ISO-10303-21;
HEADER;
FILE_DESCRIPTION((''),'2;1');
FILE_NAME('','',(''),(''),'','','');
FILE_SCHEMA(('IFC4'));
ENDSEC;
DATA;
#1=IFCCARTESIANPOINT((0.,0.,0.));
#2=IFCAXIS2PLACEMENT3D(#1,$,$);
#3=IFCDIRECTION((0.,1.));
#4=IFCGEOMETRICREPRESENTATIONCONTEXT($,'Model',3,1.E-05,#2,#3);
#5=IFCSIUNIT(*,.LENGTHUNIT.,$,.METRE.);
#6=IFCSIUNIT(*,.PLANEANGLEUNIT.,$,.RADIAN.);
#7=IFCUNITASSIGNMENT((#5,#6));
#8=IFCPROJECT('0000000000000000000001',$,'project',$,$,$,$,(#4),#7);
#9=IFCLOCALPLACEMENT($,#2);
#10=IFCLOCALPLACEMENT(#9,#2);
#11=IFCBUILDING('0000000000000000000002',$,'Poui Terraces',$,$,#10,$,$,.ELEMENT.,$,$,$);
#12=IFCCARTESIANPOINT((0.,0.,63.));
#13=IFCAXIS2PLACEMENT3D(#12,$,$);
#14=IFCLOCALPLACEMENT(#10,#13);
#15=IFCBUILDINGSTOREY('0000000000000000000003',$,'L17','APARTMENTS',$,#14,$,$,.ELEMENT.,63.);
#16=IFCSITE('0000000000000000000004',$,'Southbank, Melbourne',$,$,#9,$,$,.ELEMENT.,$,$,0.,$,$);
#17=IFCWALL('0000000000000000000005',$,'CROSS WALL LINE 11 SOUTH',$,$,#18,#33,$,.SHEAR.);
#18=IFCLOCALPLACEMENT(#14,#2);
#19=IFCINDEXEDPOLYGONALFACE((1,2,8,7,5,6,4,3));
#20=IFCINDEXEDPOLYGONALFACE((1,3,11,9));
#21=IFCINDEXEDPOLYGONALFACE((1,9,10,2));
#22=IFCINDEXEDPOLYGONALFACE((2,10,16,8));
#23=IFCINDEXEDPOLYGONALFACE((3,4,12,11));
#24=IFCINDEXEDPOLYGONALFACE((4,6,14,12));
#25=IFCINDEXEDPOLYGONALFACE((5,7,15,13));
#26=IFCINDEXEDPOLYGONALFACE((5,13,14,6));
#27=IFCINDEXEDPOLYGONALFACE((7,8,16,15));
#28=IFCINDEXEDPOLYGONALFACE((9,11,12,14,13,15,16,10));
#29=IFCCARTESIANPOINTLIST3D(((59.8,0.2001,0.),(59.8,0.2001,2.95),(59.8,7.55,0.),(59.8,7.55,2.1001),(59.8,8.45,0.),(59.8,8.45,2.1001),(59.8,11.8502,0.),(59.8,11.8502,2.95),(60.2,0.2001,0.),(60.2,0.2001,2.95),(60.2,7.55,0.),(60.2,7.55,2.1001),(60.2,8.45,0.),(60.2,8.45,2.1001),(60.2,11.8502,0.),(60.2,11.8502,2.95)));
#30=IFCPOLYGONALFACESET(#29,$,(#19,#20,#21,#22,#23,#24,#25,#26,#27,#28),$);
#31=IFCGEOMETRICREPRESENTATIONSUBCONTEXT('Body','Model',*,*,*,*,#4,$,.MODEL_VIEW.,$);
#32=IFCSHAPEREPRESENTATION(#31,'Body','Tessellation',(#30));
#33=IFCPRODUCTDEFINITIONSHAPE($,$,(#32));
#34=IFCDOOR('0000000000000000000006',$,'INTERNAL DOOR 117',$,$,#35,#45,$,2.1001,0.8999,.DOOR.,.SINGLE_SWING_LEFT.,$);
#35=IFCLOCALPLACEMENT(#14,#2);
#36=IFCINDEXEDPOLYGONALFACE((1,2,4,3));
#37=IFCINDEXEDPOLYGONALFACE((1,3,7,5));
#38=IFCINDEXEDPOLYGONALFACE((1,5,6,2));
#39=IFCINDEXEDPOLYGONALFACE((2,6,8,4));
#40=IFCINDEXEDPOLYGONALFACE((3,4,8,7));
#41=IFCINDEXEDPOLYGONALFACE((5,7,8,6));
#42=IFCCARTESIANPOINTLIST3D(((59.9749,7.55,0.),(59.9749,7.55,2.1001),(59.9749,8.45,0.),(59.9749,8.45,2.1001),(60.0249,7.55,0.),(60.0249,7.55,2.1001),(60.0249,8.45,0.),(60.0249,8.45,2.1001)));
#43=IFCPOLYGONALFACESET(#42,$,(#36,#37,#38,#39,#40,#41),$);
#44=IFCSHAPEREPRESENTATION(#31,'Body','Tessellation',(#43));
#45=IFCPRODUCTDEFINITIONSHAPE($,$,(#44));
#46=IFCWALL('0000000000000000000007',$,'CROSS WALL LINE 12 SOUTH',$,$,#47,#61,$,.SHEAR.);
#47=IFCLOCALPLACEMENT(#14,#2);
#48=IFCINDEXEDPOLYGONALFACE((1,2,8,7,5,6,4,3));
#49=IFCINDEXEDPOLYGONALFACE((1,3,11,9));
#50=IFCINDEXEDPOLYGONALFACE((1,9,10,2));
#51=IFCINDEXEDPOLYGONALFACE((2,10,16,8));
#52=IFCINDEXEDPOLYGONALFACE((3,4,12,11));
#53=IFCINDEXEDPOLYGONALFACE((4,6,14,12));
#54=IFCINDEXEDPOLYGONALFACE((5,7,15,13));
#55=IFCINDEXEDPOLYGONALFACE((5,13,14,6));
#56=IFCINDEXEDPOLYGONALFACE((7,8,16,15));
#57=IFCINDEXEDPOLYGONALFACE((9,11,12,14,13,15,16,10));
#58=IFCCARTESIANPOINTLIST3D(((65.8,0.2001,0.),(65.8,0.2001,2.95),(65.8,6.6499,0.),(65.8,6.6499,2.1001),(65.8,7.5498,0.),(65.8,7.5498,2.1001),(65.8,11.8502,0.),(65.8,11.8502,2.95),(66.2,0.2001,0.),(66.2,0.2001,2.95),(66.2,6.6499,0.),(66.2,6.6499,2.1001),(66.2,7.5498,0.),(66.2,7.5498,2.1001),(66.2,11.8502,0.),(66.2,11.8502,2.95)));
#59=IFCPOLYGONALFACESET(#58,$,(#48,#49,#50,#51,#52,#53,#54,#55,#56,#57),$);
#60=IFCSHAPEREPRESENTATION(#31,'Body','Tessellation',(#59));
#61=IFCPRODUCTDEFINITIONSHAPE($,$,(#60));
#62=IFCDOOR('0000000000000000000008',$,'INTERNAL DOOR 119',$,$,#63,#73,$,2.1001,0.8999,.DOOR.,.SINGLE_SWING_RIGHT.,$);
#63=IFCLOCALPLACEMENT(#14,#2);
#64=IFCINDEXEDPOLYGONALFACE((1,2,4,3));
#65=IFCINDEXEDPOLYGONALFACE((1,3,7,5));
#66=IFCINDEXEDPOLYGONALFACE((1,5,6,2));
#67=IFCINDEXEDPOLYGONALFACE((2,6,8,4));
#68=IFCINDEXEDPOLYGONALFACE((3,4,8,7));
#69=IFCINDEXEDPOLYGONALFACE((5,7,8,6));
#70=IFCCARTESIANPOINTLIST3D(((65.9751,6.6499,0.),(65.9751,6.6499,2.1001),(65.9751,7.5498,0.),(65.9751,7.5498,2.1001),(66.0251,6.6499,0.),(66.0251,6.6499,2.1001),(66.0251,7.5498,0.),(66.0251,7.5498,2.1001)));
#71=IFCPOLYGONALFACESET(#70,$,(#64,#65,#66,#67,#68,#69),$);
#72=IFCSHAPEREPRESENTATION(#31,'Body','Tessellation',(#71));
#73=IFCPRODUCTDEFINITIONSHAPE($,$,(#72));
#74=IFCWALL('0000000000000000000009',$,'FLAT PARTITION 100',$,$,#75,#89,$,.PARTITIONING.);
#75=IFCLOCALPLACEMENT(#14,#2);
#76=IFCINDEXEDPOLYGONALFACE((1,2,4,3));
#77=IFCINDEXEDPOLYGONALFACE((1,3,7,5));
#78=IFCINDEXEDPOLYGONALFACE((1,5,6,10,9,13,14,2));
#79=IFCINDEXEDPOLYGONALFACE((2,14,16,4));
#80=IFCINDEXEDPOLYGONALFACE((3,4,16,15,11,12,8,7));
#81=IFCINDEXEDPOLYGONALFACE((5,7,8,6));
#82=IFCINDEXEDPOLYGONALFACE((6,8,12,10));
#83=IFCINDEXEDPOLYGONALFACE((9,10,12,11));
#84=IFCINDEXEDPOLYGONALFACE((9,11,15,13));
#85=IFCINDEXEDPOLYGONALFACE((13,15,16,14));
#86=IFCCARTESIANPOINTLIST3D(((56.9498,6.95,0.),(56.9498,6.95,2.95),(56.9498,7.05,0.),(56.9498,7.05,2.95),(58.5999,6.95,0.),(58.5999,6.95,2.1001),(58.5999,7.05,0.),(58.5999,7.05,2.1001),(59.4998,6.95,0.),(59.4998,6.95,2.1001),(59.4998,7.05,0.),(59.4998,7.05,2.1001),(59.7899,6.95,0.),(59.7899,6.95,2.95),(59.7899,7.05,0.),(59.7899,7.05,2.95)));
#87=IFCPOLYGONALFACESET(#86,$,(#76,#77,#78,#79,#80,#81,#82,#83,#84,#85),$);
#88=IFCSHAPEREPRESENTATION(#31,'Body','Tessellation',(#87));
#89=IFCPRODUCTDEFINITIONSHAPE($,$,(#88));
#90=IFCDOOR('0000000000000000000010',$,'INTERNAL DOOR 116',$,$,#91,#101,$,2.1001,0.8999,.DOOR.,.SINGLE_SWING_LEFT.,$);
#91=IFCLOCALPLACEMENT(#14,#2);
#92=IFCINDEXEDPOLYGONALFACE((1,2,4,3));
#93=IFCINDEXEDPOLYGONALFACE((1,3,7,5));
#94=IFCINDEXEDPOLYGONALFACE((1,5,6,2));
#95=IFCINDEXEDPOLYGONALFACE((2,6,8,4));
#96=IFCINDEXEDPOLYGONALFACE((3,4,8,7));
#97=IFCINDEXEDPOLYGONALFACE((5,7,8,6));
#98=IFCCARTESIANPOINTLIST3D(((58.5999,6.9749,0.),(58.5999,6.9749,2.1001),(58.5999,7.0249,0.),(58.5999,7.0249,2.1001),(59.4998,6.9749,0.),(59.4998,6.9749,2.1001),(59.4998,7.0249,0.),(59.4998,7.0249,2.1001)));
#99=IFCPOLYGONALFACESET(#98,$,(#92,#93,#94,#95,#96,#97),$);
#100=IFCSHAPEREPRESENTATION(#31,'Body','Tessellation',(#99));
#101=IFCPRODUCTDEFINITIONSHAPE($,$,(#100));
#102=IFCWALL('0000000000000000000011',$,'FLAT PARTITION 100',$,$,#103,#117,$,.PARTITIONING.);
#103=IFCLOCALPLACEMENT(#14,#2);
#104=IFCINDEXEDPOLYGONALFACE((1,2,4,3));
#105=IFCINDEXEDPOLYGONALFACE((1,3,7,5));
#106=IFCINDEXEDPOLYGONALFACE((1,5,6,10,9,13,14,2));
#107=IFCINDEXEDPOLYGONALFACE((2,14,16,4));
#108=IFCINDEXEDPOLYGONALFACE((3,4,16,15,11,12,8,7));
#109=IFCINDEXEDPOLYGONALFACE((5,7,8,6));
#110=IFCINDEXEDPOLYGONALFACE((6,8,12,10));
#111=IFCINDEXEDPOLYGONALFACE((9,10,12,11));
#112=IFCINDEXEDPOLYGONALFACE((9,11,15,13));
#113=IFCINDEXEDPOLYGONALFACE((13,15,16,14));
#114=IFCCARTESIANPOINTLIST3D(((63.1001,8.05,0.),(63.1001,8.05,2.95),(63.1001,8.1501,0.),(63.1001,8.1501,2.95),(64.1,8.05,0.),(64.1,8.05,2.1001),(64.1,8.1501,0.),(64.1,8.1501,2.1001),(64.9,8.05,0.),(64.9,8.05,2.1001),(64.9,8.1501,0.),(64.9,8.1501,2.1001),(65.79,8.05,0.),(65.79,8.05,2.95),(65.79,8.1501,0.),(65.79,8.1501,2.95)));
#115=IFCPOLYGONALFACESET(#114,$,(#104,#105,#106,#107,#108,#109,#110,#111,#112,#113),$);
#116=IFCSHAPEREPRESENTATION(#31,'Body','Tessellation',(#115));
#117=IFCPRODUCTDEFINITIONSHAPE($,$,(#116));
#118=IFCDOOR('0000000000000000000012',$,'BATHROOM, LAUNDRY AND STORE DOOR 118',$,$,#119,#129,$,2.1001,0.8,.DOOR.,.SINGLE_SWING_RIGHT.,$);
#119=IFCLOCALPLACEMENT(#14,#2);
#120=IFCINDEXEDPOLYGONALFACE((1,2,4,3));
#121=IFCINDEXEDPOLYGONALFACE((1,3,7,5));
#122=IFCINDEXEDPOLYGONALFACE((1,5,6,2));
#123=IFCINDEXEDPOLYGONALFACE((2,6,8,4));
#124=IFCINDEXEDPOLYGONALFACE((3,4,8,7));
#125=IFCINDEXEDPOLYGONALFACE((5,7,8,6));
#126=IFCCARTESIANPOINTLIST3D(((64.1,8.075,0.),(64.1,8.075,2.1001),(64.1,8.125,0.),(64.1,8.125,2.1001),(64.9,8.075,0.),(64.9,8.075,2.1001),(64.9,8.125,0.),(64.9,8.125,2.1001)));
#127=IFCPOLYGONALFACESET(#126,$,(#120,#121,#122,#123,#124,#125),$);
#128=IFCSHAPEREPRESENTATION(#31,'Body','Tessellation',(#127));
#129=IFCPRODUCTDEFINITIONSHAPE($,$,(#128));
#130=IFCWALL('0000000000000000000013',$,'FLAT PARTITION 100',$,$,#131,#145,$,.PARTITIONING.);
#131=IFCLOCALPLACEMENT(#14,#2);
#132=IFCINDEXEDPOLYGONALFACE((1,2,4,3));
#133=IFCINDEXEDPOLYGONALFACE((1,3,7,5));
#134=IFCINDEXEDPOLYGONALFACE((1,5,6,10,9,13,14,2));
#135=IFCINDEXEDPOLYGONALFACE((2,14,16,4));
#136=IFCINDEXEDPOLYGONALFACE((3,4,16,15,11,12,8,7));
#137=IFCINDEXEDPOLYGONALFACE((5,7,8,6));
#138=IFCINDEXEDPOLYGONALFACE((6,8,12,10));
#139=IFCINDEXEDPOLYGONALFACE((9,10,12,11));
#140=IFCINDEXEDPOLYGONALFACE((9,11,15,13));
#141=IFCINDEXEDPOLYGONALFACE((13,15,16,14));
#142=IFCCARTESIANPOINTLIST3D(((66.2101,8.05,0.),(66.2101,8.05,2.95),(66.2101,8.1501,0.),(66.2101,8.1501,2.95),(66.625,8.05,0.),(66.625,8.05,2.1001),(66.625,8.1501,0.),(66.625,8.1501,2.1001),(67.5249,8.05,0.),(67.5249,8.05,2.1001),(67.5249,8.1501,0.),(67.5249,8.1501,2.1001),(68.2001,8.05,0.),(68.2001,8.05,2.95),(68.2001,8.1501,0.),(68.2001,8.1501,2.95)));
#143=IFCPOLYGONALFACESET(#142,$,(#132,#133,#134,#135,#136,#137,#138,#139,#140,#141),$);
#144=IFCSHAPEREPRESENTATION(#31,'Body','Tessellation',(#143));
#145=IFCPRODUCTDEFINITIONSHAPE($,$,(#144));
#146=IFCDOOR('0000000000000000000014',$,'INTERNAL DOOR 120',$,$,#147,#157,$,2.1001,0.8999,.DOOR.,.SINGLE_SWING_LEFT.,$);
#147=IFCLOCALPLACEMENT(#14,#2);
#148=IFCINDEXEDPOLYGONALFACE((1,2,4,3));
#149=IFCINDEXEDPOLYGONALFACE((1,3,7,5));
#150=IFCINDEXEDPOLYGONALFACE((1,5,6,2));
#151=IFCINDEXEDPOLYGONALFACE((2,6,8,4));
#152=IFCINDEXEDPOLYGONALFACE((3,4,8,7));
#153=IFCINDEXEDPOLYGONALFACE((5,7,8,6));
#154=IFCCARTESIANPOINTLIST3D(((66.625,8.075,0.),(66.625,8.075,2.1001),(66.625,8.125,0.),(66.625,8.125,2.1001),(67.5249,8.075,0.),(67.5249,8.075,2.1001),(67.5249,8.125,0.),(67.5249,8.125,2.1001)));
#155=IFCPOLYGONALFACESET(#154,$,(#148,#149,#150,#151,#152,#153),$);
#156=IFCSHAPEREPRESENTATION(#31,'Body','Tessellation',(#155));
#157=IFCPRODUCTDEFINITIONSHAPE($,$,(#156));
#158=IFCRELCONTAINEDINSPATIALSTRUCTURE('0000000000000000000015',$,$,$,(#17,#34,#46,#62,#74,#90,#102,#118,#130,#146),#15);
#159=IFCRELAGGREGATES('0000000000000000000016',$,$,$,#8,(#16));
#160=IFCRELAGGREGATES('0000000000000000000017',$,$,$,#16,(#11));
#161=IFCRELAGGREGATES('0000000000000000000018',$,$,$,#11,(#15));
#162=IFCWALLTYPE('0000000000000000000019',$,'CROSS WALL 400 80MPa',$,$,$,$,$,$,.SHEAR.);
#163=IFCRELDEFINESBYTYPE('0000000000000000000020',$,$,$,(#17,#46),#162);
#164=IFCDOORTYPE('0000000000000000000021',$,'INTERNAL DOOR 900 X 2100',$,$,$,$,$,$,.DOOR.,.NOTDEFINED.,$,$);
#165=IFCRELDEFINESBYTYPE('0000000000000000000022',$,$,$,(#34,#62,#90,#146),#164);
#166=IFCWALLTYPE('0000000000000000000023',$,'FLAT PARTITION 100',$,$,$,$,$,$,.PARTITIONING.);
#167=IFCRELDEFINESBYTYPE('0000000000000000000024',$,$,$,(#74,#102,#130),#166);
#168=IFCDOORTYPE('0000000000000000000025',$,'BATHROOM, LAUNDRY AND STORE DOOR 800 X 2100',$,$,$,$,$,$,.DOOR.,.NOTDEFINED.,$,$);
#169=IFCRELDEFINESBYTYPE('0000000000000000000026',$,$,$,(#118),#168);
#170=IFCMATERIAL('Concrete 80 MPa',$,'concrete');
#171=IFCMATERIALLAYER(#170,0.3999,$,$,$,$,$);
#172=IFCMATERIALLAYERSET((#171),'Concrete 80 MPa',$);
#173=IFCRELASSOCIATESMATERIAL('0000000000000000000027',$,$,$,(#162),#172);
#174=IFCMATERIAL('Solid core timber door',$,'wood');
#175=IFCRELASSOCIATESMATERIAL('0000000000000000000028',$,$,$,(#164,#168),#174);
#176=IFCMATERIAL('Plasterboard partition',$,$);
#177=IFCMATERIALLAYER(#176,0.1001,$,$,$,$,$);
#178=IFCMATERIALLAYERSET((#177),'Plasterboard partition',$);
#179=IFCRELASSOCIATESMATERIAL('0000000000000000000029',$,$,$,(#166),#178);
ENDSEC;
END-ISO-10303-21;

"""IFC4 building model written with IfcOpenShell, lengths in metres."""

from ifc_helpers import new_model, si_unit, direction, frame, frame_2d, origin, place, context, subcontext, project, spatial, rectangle, extrude, material, layer, layer_set, type_object, element, fill, save


model = new_model("IFC4")

# Units and contexts
model_context = context("Model", 3, precision=1e-05, world=origin(), true_north=direction((0.0, 1.0)))
body_context = subcontext(model_context, "Body", "Model", "MODEL_VIEW")
ifc_project = project(units=[si_unit("LENGTHUNIT", "METRE"), si_unit("PLANEANGLEUNIT", "RADIAN")], contexts=[model_context])

# Site, building, storey
site_placement = place(None, origin())
site = spatial("IfcSite", under=ifc_project, at=site_placement, Name="Southbank, Melbourne", CompositionType="ELEMENT", RefElevation=0.0)
building_placement = place(site_placement, origin())
building = spatial("IfcBuilding", under=site, at=building_placement, Name="Poui Terraces", CompositionType="ELEMENT")
storey_placement = place(building_placement, frame((0.0, 0.0, 63.0)))
storey = spatial("IfcBuildingStorey", under=building, at=storey_placement, Name="L17", Description="APARTMENTS", CompositionType="ELEMENT", Elevation=63.0)

# Walls, openings, doors
ifc_material_1 = material(Name="Concrete 80 MPa", Category="concrete")
ifc_layer_1 = layer(ifc_material_1, 0.3999)
ifc_layer_set_1 = layer_set([ifc_layer_1], Name="Concrete 80 MPa")
wall_type_1 = type_object("IfcWallType", Name="CROSS WALL 400 80MPa", PredefinedType="SHEAR", material=ifc_layer_set_1)
wall_1_placement = place(storey_placement, frame((60.0, 0.2, 0.0), z_axis=(0.0, 0.0, 1.0), x_axis=(0.0, 1.0, 0.0)))
wall_1 = element("IfcWall", 1, at=wall_1_placement, inside=storey, type_object=wall_type_1, Name="CROSS WALL LINE 11 SOUTH", PredefinedType="SHEAR", context=body_context, shape_type="SweptSolid", body=[
    extrude(rectangle(XDim=11.6501, YDim=0.3999, at=frame_2d((5.8252, 0.0))), origin(), (0.0, 0.0, 1.0), 2.95),
])
opening_1_placement = place(wall_1_placement, frame((7.3501, 0.0, 0.0)))
opening_1 = element("IfcOpeningElement", 2, at=opening_1_placement, cuts=wall_1, PredefinedType="OPENING", context=body_context, shape_type="SweptSolid", body=[
    extrude(rectangle(XDim=0.8999, YDim=2.1001, at=frame_2d((0.45, 1.05))), frame((0.0, 0.21, 0.0), z_axis=(0.0, -1.0, 0.0), x_axis=(1.0, 0.0, 0.0)), (0.0, 0.0, 1.0), 0.4199),
])
ifc_material_2 = material(Name="Solid core timber door", Category="wood")
door_type_1 = type_object("IfcDoorType", Name="INTERNAL DOOR 900 X 2100", OperationType="NOTDEFINED", PredefinedType="DOOR", material=ifc_material_2)
door_1_placement = place(opening_1_placement, frame((0.8999, 0.0, 0.0), z_axis=(0.0, 0.0, 1.0), x_axis=(-1.0, 0.0, 0.0)))
door_1 = element("IfcDoor", 3, at=door_1_placement, inside=storey, type_object=door_type_1, Name="INTERNAL DOOR 117", OperationType="SINGLE_SWING_LEFT", OverallHeight=2.1001, OverallWidth=0.8999, PredefinedType="DOOR", context=body_context, shape_type="SweptSolid", body=[
    extrude(rectangle(XDim=0.8999, YDim=2.1001, at=frame_2d((0.45, 1.05))), frame((0.0, 0.0249, 0.0), z_axis=(0.0, -1.0, 0.0), x_axis=(1.0, 0.0, 0.0)), (0.0, 0.0, 1.0), 0.05),
])
fill(opening_1, door_1)
wall_2_placement = place(storey_placement, frame((66.0, 0.2, 0.0), z_axis=(0.0, 0.0, 1.0), x_axis=(0.0, 1.0, 0.0)))
wall_2 = element("IfcWall", 4, at=wall_2_placement, inside=storey, type_object=wall_type_1, Name="CROSS WALL LINE 12 SOUTH", PredefinedType="SHEAR", context=body_context, shape_type="SweptSolid", body=[
    extrude(rectangle(XDim=11.6501, YDim=0.3999, at=frame_2d((5.8252, 0.0))), origin(), (0.0, 0.0, 1.0), 2.95),
])
opening_2_placement = place(wall_2_placement, frame((6.45, 0.0, 0.0)))
opening_2 = element("IfcOpeningElement", 5, at=opening_2_placement, cuts=wall_2, PredefinedType="OPENING", context=body_context, shape_type="SweptSolid", body=[
    extrude(rectangle(XDim=0.8999, YDim=2.1001, at=frame_2d((0.45, 1.05))), frame((0.0, 0.21, 0.0), z_axis=(0.0, -1.0, 0.0), x_axis=(1.0, 0.0, 0.0)), (0.0, 0.0, 1.0), 0.4199),
])
door_2_placement = place(opening_2_placement, origin())
door_2 = element("IfcDoor", 6, at=door_2_placement, inside=storey, type_object=door_type_1, Name="INTERNAL DOOR 119", OperationType="SINGLE_SWING_RIGHT", OverallHeight=2.1001, OverallWidth=0.8999, PredefinedType="DOOR", context=body_context, shape_type="SweptSolid", body=[
    extrude(rectangle(XDim=0.8999, YDim=2.1001, at=frame_2d((0.45, 1.05))), frame((0.0, 0.0249, 0.0), z_axis=(0.0, -1.0, 0.0), x_axis=(1.0, 0.0, 0.0)), (0.0, 0.0, 1.0), 0.05),
])
fill(opening_2, door_2)
ifc_material_3 = material(Name="Plasterboard partition")
ifc_layer_2 = layer(ifc_material_3, 0.1001)
ifc_layer_set_2 = layer_set([ifc_layer_2], Name="Plasterboard partition")
wall_type_2 = type_object("IfcWallType", Name="FLAT PARTITION 100", PredefinedType="PARTITIONING", material=ifc_layer_set_2)
wall_3_placement = place(storey_placement, frame((56.95, 7.0, 0.0), z_axis=(0.0, 0.0, 1.0), x_axis=(1.0, 0.0, 0.0)))
wall_3 = element("IfcWall", 7, at=wall_3_placement, inside=storey, type_object=wall_type_2, Name="FLAT PARTITION 100", PredefinedType="PARTITIONING", context=body_context, shape_type="SweptSolid", body=[
    extrude(rectangle(XDim=2.8401, YDim=0.1001, at=frame_2d((1.4199, 0.0))), origin(), (0.0, 0.0, 1.0), 2.95),
])
opening_3_placement = place(wall_3_placement, frame((1.6499, 0.0, 0.0)))
opening_3 = element("IfcOpeningElement", 8, at=opening_3_placement, cuts=wall_3, PredefinedType="OPENING", context=body_context, shape_type="SweptSolid", body=[
    extrude(rectangle(XDim=0.8999, YDim=2.1001, at=frame_2d((0.45, 1.05))), frame((0.0, 0.0601, 0.0), z_axis=(0.0, -1.0, 0.0), x_axis=(1.0, 0.0, 0.0)), (0.0, 0.0, 1.0), 0.1201),
])
door_3_placement = place(opening_3_placement, origin())
door_3 = element("IfcDoor", 9, at=door_3_placement, inside=storey, type_object=door_type_1, Name="INTERNAL DOOR 116", OperationType="SINGLE_SWING_LEFT", OverallHeight=2.1001, OverallWidth=0.8999, PredefinedType="DOOR", context=body_context, shape_type="SweptSolid", body=[
    extrude(rectangle(XDim=0.8999, YDim=2.1001, at=frame_2d((0.45, 1.05))), frame((0.0, 0.0249, 0.0), z_axis=(0.0, -1.0, 0.0), x_axis=(1.0, 0.0, 0.0)), (0.0, 0.0, 1.0), 0.05),
])
fill(opening_3, door_3)
wall_4_placement = place(storey_placement, frame((63.1001, 8.1001, 0.0), z_axis=(0.0, 0.0, 1.0), x_axis=(1.0, 0.0, 0.0)))
wall_4 = element("IfcWall", 10, at=wall_4_placement, inside=storey, type_object=wall_type_2, Name="FLAT PARTITION 100", PredefinedType="PARTITIONING", context=body_context, shape_type="SweptSolid", body=[
    extrude(rectangle(XDim=2.6899, YDim=0.1001, at=frame_2d((1.345, 0.0))), origin(), (0.0, 0.0, 1.0), 2.95),
])
opening_4_placement = place(wall_4_placement, frame((1.0, 0.0, 0.0)))
opening_4 = element("IfcOpeningElement", 11, at=opening_4_placement, cuts=wall_4, PredefinedType="OPENING", context=body_context, shape_type="SweptSolid", body=[
    extrude(rectangle(XDim=0.8, YDim=2.1001, at=frame_2d((0.3999, 1.05))), frame((0.0, 0.0601, 0.0), z_axis=(0.0, -1.0, 0.0), x_axis=(1.0, 0.0, 0.0)), (0.0, 0.0, 1.0), 0.1201),
])
door_type_2 = type_object("IfcDoorType", Name="BATHROOM, LAUNDRY AND STORE DOOR 800 X 2100", OperationType="NOTDEFINED", PredefinedType="DOOR", material=ifc_material_2)
door_4_placement = place(opening_4_placement, origin())
door_4 = element("IfcDoor", 12, at=door_4_placement, inside=storey, type_object=door_type_2, Name="BATHROOM, LAUNDRY AND STORE DOOR 118", OperationType="SINGLE_SWING_RIGHT", OverallHeight=2.1001, OverallWidth=0.8, PredefinedType="DOOR", context=body_context, shape_type="SweptSolid", body=[
    extrude(rectangle(XDim=0.8, YDim=2.1001, at=frame_2d((0.3999, 1.05))), frame((0.0, 0.0249, 0.0), z_axis=(0.0, -1.0, 0.0), x_axis=(1.0, 0.0, 0.0)), (0.0, 0.0, 1.0), 0.05),
])
fill(opening_4, door_4)
wall_5_placement = place(storey_placement, frame((66.21, 8.1001, 0.0), z_axis=(0.0, 0.0, 1.0), x_axis=(1.0, 0.0, 0.0)))
wall_5 = element("IfcWall", 13, at=wall_5_placement, inside=storey, type_object=wall_type_2, Name="FLAT PARTITION 100", PredefinedType="PARTITIONING", context=body_context, shape_type="SweptSolid", body=[
    extrude(rectangle(XDim=1.99, YDim=0.1001, at=frame_2d((0.9951, 0.0))), origin(), (0.0, 0.0, 1.0), 2.95),
])
opening_5_placement = place(wall_5_placement, frame((0.415, 0.0, 0.0)))
opening_5 = element("IfcOpeningElement", 14, at=opening_5_placement, cuts=wall_5, PredefinedType="OPENING", context=body_context, shape_type="SweptSolid", body=[
    extrude(rectangle(XDim=0.8999, YDim=2.1001, at=frame_2d((0.45, 1.05))), frame((0.0, 0.0601, 0.0), z_axis=(0.0, -1.0, 0.0), x_axis=(1.0, 0.0, 0.0)), (0.0, 0.0, 1.0), 0.1201),
])
door_5_placement = place(opening_5_placement, origin())
door_5 = element("IfcDoor", 15, at=door_5_placement, inside=storey, type_object=door_type_1, Name="INTERNAL DOOR 120", OperationType="SINGLE_SWING_LEFT", OverallHeight=2.1001, OverallWidth=0.8999, PredefinedType="DOOR", context=body_context, shape_type="SweptSolid", body=[
    extrude(rectangle(XDim=0.8999, YDim=2.1001, at=frame_2d((0.45, 1.05))), frame((0.0, 0.0249, 0.0), z_axis=(0.0, -1.0, 0.0), x_axis=(1.0, 0.0, 0.0)), (0.0, 0.0, 1.0), 0.05),
])
fill(opening_5, door_5)

save(model, "model.ifc")
